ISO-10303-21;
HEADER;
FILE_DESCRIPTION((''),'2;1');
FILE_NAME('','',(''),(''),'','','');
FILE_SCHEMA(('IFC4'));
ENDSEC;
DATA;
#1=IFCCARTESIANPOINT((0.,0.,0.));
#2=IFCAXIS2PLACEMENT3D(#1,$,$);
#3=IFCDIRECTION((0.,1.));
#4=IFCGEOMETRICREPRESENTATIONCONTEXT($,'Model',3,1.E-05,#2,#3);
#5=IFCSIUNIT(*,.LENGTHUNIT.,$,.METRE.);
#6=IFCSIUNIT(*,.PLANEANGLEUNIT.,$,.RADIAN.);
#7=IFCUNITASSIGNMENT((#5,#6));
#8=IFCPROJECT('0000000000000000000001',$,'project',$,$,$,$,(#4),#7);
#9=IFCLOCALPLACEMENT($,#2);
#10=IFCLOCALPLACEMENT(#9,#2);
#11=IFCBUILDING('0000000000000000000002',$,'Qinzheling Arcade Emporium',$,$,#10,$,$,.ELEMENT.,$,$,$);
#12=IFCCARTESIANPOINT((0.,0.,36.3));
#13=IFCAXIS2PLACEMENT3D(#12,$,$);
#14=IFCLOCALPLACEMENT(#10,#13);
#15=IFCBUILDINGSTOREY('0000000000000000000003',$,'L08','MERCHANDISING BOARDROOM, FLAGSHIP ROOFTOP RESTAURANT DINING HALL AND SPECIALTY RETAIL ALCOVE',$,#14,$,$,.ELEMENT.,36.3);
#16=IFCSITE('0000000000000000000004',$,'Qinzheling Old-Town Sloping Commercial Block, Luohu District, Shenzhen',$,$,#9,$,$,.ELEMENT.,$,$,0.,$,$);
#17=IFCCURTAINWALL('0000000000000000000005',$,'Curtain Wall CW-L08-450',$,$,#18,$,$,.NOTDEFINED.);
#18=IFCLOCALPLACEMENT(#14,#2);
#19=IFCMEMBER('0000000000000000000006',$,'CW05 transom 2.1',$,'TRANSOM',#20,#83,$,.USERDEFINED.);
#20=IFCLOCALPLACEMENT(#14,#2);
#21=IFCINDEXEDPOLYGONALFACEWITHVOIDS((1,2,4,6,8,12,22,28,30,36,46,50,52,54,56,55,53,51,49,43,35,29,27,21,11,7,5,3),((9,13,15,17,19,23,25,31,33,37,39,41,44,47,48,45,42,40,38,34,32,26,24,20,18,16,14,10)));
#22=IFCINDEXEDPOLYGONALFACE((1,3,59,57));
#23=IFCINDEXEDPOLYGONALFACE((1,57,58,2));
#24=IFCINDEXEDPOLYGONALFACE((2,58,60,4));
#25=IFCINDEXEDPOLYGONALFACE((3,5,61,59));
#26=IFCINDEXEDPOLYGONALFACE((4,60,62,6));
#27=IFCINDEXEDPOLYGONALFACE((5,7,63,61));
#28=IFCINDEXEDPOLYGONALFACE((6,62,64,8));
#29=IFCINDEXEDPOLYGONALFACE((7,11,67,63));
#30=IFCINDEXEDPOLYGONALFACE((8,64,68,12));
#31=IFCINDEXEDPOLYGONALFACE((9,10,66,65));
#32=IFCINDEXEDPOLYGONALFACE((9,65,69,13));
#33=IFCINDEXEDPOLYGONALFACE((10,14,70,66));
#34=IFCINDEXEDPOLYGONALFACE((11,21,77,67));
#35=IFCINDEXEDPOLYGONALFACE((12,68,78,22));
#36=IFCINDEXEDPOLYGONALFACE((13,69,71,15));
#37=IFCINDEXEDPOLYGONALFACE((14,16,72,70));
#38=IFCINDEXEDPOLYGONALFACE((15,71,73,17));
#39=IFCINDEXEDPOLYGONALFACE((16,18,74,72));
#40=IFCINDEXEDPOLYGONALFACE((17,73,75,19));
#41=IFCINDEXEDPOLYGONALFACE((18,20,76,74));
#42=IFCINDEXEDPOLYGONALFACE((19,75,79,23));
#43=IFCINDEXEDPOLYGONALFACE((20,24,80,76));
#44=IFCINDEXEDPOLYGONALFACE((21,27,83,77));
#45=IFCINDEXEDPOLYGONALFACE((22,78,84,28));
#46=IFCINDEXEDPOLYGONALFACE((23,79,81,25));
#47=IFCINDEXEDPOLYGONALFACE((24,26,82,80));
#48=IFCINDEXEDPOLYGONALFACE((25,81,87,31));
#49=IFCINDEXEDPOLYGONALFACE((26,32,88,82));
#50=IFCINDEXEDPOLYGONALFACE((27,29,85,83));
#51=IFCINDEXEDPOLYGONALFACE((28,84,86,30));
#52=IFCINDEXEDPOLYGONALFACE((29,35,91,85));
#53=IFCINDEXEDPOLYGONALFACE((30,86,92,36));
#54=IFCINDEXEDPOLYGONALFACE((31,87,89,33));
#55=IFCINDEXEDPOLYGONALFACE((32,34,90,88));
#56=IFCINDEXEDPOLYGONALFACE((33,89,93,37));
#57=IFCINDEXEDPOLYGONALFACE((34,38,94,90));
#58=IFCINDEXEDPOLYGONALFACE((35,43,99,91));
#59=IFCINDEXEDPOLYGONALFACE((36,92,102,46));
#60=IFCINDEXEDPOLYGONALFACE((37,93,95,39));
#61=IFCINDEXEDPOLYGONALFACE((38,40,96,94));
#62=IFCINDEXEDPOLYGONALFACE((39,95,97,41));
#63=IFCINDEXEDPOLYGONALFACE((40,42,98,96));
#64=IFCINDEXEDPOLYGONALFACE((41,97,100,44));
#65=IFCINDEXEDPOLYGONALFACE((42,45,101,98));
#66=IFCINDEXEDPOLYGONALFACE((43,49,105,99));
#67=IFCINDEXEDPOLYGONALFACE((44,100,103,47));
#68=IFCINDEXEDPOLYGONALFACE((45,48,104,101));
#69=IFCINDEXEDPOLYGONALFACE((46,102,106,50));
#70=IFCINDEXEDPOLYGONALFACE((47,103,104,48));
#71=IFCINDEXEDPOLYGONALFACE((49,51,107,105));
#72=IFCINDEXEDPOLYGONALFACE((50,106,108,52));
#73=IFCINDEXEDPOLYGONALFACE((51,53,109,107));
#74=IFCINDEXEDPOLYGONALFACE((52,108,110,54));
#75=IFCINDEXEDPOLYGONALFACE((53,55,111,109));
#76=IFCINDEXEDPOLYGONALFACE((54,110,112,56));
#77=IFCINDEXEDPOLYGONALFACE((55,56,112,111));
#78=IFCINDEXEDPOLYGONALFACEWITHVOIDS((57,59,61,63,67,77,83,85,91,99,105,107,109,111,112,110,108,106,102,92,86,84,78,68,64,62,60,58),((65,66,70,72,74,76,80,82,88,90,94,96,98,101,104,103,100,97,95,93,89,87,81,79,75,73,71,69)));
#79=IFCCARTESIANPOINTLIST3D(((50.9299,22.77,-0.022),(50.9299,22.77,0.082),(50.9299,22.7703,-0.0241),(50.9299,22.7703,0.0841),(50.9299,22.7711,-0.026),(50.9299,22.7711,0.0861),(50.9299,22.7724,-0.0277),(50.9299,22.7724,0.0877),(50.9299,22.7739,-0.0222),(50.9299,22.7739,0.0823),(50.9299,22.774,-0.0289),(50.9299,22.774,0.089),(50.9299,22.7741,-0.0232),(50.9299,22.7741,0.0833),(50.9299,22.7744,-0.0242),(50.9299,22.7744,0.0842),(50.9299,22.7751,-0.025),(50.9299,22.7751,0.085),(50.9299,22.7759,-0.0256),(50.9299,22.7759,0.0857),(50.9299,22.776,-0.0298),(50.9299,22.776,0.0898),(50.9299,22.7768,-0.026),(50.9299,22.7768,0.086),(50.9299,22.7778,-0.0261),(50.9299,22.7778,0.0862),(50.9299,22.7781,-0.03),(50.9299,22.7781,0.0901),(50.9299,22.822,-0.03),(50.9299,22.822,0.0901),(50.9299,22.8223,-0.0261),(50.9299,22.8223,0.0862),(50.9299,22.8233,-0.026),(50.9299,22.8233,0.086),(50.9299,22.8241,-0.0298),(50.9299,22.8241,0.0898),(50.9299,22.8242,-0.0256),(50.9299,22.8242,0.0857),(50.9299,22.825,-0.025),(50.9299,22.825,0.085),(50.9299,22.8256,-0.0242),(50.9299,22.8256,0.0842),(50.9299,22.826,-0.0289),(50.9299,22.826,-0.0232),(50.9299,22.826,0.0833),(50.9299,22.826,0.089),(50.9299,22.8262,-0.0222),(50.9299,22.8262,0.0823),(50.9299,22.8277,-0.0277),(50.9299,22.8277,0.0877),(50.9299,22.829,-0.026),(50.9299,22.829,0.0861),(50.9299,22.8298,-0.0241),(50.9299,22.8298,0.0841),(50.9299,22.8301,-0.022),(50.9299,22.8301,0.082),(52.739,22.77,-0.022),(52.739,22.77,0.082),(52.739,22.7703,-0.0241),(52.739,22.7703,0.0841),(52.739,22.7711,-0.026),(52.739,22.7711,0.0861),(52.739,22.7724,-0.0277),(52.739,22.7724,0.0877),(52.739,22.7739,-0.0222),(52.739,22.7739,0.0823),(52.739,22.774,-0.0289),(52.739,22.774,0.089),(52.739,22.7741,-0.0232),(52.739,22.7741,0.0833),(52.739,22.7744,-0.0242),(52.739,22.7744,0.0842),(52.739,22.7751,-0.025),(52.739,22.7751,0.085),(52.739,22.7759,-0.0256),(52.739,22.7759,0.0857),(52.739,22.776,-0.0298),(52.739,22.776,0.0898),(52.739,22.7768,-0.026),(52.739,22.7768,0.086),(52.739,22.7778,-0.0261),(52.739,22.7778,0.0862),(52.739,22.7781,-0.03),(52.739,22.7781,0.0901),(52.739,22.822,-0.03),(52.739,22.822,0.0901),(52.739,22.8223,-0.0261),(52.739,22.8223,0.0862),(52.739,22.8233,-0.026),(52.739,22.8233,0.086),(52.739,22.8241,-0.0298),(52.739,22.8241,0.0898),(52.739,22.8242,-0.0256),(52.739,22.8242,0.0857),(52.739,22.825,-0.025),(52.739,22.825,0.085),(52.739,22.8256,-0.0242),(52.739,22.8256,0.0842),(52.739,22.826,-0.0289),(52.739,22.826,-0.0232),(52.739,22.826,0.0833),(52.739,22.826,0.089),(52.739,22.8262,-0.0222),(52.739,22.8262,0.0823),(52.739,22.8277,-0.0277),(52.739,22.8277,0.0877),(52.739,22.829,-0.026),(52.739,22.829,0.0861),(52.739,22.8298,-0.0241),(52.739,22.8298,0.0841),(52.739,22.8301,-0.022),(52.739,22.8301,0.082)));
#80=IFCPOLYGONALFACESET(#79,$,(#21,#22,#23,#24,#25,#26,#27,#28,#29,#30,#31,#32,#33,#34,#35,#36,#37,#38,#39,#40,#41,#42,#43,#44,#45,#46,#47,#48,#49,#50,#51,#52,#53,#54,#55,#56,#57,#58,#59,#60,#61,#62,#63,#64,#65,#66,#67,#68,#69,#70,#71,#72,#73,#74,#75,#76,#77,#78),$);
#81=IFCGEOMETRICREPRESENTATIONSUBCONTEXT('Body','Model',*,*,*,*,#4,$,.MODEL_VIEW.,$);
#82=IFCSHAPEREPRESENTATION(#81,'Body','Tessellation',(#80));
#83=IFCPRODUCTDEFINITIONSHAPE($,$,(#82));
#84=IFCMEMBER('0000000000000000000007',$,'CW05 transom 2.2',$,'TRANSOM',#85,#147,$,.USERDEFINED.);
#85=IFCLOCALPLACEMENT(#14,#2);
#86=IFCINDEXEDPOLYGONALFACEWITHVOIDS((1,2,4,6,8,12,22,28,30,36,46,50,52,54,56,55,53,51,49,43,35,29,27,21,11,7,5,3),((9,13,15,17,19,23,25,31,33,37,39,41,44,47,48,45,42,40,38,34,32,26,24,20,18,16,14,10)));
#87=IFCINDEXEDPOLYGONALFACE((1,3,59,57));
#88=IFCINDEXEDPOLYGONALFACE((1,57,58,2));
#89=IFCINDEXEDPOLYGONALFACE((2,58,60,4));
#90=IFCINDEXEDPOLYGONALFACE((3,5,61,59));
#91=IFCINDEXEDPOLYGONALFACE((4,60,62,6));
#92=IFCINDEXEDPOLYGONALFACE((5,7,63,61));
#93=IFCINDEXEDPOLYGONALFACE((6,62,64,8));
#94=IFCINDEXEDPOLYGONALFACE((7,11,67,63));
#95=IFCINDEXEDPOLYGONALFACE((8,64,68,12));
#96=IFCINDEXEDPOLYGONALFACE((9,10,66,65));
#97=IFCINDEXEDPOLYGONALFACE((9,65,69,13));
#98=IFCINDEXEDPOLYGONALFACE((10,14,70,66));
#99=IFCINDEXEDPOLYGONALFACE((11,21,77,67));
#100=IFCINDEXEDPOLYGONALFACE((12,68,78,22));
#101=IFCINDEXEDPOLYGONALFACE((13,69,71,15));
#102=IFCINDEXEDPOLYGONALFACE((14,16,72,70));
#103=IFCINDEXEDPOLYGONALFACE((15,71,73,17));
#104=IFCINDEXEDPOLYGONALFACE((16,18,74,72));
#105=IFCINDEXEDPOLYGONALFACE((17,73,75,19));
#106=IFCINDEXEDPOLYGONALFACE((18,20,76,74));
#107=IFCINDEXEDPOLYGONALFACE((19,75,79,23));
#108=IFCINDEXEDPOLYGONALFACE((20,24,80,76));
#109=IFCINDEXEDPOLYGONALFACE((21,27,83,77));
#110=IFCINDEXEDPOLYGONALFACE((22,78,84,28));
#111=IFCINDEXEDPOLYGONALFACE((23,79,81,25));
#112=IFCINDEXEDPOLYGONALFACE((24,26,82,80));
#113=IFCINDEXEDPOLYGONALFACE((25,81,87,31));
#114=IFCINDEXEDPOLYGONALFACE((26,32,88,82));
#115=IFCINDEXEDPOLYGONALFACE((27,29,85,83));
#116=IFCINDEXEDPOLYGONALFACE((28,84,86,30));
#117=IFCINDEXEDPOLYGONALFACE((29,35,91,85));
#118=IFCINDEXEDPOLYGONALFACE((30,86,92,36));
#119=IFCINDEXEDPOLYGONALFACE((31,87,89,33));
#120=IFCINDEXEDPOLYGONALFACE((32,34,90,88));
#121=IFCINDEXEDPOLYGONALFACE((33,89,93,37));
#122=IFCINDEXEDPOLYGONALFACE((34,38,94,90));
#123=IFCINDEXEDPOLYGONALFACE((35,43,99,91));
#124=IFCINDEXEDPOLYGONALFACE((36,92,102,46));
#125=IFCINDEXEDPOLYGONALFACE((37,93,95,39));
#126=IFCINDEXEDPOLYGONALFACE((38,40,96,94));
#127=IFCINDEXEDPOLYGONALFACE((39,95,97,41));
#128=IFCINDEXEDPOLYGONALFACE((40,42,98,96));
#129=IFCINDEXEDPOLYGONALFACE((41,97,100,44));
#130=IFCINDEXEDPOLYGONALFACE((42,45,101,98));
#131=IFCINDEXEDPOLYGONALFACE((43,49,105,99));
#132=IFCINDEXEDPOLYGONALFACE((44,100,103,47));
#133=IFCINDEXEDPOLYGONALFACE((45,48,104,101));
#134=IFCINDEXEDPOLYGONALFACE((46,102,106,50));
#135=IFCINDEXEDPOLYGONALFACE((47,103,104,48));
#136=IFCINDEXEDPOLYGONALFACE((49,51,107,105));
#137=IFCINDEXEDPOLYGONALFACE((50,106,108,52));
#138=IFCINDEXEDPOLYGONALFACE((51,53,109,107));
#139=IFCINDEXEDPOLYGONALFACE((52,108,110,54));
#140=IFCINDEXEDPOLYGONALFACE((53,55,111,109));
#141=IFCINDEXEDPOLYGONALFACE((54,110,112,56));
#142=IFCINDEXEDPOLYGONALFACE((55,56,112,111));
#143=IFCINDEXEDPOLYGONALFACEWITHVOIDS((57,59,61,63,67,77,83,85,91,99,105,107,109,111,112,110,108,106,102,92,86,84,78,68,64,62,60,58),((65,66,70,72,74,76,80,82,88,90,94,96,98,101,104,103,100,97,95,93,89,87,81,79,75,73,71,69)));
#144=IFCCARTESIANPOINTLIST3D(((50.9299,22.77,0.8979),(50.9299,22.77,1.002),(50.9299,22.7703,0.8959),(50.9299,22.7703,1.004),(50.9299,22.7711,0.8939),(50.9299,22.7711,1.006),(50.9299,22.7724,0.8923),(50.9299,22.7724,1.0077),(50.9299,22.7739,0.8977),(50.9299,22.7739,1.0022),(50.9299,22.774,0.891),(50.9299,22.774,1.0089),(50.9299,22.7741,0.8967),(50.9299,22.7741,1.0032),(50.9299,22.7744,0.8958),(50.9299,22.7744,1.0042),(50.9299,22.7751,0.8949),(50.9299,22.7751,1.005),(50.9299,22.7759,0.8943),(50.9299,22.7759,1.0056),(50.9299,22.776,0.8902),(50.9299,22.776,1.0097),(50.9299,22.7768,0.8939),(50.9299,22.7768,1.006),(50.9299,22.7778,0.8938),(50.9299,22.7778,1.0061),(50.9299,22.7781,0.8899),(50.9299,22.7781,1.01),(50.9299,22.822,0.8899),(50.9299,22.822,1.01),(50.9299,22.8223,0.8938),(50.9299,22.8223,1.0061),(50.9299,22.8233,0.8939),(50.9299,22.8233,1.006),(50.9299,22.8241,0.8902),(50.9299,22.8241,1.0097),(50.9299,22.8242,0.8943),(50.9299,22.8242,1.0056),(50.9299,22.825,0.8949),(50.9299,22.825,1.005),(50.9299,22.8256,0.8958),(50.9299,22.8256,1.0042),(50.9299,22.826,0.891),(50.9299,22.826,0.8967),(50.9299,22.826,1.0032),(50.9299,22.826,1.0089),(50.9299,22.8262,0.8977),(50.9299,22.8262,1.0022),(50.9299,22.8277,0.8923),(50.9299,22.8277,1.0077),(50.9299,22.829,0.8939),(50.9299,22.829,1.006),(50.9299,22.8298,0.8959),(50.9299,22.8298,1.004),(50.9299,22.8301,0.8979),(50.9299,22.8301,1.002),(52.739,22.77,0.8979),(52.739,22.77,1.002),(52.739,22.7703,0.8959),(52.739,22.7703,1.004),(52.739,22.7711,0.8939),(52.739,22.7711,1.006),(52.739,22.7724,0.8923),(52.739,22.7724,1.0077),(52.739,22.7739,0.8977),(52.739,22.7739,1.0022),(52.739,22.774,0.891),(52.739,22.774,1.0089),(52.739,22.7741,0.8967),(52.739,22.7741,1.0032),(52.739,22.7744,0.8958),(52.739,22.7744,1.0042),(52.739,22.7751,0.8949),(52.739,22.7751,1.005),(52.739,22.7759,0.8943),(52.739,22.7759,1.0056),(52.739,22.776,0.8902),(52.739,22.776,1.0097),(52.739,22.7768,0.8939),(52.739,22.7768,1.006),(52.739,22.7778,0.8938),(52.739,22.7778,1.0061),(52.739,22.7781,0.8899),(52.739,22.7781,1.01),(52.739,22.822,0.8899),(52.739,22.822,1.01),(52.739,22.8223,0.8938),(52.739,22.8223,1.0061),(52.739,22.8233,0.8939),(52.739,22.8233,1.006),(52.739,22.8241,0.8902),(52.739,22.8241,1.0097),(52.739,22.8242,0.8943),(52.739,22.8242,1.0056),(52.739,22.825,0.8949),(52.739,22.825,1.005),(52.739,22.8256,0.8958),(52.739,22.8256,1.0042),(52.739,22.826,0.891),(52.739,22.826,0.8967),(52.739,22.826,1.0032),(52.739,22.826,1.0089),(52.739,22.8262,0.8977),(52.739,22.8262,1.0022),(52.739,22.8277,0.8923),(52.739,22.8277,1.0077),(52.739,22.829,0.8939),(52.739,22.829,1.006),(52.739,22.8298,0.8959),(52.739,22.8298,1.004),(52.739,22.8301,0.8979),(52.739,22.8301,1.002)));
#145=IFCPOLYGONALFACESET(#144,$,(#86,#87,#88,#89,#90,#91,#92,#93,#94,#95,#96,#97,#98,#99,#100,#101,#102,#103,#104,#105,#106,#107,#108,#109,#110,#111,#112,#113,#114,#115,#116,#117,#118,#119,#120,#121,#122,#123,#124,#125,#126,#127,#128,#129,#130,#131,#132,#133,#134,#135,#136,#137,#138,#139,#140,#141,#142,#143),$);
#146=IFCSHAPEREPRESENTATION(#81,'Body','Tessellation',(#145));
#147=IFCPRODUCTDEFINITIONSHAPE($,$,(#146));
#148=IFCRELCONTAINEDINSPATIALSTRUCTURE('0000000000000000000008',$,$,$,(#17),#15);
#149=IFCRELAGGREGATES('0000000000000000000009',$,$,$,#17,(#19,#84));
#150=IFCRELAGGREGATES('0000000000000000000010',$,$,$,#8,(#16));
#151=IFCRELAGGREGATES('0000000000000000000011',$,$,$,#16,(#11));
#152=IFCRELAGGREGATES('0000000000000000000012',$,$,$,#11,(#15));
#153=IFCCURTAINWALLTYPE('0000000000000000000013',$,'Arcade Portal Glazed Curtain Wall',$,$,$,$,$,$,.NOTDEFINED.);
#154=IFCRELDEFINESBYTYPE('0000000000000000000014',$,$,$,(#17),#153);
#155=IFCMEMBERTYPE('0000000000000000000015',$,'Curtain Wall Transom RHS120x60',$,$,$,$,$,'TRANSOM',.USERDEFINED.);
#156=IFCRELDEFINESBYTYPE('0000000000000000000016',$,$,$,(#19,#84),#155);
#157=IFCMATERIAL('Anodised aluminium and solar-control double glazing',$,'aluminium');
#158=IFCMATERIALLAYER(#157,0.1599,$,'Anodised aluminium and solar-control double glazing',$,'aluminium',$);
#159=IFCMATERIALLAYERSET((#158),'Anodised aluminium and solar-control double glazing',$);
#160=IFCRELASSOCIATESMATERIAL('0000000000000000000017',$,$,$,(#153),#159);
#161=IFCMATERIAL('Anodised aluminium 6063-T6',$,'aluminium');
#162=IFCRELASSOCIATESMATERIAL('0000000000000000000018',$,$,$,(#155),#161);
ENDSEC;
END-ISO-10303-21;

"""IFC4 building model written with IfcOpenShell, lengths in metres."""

from ifc_helpers import new_model, si_unit, direction, frame, origin, origin_2d, place, context, subcontext, project, spatial, hollow_rectangle, extrude, material, layer, layer_set, material_profile, profile_set, type_object, element, aggregate, save


model = new_model("IFC4")

# Units and contexts
model_context = context("Model", 3, precision=1e-05, world=origin(), true_north=direction((0.0, 1.0)))
body_context = subcontext(model_context, "Body", "Model", "MODEL_VIEW")
ifc_project = project(units=[si_unit("LENGTHUNIT", "METRE"), si_unit("PLANEANGLEUNIT", "RADIAN")], contexts=[model_context])

# Site, building, storey
site_placement = place(None, origin())
site = spatial("IfcSite", under=ifc_project, at=site_placement, Name="Qinzheling Old-Town Sloping Commercial Block, Luohu District, Shenzhen", CompositionType="ELEMENT", RefElevation=0.0)
building_placement = place(site_placement, origin())
building = spatial("IfcBuilding", under=site, at=building_placement, Name="Qinzheling Arcade Emporium", CompositionType="ELEMENT")
storey_placement = place(building_placement, frame((0.0, 0.0, 36.3)))
storey = spatial("IfcBuildingStorey", under=building, at=storey_placement, Name="L08", Description="MERCHANDISING BOARDROOM, FLAGSHIP ROOFTOP RESTAURANT DINING HALL AND SPECIALTY RETAIL ALCOVE", CompositionType="ELEMENT", Elevation=36.3)

# Curtain wall, members
ifc_material_1 = material(Name="Anodised aluminium and solar-control double glazing", Category="aluminium")
ifc_layer_1 = layer(ifc_material_1, 0.1599, Name="Anodised aluminium and solar-control double glazing", Category="aluminium")
ifc_layer_set_1 = layer_set([ifc_layer_1], Name="Anodised aluminium and solar-control double glazing")
curtain_wall_type = type_object("IfcCurtainWallType", Name="Arcade Portal Glazed Curtain Wall", PredefinedType="NOTDEFINED", material=ifc_layer_set_1)
curtain_wall_placement = place(storey_placement, origin())
curtain_wall = element("IfcCurtainWall", 1, at=curtain_wall_placement, inside=storey, type_object=curtain_wall_type, Name="Curtain Wall CW-L08-450", PredefinedType="NOTDEFINED")
ifc_material_2 = material(Name="Anodised aluminium 6063-T6", Category="aluminium")
ifc_material_profile_1 = material_profile(ifc_material_2, hollow_rectangle(XDim=0.0601, YDim=0.1201, WallThickness=0.0039, InnerFilletRadius=0.0039, OuterFilletRadius=0.0081, at=origin_2d()), Name="RHS 120x60x4", Category="aluminium")
ifc_profile_set_1 = profile_set([ifc_material_profile_1], Name="Anodised aluminium 6063-T6")
member_type_1 = type_object("IfcMemberType", Name="Curtain Wall Transom RHS120x60", ElementType="TRANSOM", PredefinedType="USERDEFINED", material=ifc_profile_set_1)
member_1_placement = place(storey_placement, frame((52.739, 22.8, 0.03), z_axis=(-1.0, 0.0, 0.0), x_axis=(0.0, -1.0, 0.0)))
member_1 = element("IfcMember", 2, at=member_1_placement, type_object=member_type_1, Name="CW05 transom 2.1", ObjectType="TRANSOM", PredefinedType="USERDEFINED", context=body_context, shape_type="SweptSolid", body=[
    extrude(hollow_rectangle(XDim=0.0601, YDim=0.1201, WallThickness=0.0039, InnerFilletRadius=0.0039, OuterFilletRadius=0.0081, at=origin_2d()), origin(), (0.0, 0.0, 1.0), 1.8091),
])
member_2_placement = place(storey_placement, frame((52.739, 22.8, 0.95), z_axis=(-1.0, 0.0, 0.0), x_axis=(0.0, -1.0, 0.0)))
member_2 = element("IfcMember", 3, at=member_2_placement, type_object=member_type_1, Name="CW05 transom 2.2", ObjectType="TRANSOM", PredefinedType="USERDEFINED", context=body_context, shape_type="SweptSolid", body=[
    extrude(hollow_rectangle(XDim=0.0601, YDim=0.1201, WallThickness=0.0039, InnerFilletRadius=0.0039, OuterFilletRadius=0.0081, at=origin_2d()), origin(), (0.0, 0.0, 1.0), 1.8091),
])

aggregate(curtain_wall, [member_1, member_2])

save(model, "model.ifc")
